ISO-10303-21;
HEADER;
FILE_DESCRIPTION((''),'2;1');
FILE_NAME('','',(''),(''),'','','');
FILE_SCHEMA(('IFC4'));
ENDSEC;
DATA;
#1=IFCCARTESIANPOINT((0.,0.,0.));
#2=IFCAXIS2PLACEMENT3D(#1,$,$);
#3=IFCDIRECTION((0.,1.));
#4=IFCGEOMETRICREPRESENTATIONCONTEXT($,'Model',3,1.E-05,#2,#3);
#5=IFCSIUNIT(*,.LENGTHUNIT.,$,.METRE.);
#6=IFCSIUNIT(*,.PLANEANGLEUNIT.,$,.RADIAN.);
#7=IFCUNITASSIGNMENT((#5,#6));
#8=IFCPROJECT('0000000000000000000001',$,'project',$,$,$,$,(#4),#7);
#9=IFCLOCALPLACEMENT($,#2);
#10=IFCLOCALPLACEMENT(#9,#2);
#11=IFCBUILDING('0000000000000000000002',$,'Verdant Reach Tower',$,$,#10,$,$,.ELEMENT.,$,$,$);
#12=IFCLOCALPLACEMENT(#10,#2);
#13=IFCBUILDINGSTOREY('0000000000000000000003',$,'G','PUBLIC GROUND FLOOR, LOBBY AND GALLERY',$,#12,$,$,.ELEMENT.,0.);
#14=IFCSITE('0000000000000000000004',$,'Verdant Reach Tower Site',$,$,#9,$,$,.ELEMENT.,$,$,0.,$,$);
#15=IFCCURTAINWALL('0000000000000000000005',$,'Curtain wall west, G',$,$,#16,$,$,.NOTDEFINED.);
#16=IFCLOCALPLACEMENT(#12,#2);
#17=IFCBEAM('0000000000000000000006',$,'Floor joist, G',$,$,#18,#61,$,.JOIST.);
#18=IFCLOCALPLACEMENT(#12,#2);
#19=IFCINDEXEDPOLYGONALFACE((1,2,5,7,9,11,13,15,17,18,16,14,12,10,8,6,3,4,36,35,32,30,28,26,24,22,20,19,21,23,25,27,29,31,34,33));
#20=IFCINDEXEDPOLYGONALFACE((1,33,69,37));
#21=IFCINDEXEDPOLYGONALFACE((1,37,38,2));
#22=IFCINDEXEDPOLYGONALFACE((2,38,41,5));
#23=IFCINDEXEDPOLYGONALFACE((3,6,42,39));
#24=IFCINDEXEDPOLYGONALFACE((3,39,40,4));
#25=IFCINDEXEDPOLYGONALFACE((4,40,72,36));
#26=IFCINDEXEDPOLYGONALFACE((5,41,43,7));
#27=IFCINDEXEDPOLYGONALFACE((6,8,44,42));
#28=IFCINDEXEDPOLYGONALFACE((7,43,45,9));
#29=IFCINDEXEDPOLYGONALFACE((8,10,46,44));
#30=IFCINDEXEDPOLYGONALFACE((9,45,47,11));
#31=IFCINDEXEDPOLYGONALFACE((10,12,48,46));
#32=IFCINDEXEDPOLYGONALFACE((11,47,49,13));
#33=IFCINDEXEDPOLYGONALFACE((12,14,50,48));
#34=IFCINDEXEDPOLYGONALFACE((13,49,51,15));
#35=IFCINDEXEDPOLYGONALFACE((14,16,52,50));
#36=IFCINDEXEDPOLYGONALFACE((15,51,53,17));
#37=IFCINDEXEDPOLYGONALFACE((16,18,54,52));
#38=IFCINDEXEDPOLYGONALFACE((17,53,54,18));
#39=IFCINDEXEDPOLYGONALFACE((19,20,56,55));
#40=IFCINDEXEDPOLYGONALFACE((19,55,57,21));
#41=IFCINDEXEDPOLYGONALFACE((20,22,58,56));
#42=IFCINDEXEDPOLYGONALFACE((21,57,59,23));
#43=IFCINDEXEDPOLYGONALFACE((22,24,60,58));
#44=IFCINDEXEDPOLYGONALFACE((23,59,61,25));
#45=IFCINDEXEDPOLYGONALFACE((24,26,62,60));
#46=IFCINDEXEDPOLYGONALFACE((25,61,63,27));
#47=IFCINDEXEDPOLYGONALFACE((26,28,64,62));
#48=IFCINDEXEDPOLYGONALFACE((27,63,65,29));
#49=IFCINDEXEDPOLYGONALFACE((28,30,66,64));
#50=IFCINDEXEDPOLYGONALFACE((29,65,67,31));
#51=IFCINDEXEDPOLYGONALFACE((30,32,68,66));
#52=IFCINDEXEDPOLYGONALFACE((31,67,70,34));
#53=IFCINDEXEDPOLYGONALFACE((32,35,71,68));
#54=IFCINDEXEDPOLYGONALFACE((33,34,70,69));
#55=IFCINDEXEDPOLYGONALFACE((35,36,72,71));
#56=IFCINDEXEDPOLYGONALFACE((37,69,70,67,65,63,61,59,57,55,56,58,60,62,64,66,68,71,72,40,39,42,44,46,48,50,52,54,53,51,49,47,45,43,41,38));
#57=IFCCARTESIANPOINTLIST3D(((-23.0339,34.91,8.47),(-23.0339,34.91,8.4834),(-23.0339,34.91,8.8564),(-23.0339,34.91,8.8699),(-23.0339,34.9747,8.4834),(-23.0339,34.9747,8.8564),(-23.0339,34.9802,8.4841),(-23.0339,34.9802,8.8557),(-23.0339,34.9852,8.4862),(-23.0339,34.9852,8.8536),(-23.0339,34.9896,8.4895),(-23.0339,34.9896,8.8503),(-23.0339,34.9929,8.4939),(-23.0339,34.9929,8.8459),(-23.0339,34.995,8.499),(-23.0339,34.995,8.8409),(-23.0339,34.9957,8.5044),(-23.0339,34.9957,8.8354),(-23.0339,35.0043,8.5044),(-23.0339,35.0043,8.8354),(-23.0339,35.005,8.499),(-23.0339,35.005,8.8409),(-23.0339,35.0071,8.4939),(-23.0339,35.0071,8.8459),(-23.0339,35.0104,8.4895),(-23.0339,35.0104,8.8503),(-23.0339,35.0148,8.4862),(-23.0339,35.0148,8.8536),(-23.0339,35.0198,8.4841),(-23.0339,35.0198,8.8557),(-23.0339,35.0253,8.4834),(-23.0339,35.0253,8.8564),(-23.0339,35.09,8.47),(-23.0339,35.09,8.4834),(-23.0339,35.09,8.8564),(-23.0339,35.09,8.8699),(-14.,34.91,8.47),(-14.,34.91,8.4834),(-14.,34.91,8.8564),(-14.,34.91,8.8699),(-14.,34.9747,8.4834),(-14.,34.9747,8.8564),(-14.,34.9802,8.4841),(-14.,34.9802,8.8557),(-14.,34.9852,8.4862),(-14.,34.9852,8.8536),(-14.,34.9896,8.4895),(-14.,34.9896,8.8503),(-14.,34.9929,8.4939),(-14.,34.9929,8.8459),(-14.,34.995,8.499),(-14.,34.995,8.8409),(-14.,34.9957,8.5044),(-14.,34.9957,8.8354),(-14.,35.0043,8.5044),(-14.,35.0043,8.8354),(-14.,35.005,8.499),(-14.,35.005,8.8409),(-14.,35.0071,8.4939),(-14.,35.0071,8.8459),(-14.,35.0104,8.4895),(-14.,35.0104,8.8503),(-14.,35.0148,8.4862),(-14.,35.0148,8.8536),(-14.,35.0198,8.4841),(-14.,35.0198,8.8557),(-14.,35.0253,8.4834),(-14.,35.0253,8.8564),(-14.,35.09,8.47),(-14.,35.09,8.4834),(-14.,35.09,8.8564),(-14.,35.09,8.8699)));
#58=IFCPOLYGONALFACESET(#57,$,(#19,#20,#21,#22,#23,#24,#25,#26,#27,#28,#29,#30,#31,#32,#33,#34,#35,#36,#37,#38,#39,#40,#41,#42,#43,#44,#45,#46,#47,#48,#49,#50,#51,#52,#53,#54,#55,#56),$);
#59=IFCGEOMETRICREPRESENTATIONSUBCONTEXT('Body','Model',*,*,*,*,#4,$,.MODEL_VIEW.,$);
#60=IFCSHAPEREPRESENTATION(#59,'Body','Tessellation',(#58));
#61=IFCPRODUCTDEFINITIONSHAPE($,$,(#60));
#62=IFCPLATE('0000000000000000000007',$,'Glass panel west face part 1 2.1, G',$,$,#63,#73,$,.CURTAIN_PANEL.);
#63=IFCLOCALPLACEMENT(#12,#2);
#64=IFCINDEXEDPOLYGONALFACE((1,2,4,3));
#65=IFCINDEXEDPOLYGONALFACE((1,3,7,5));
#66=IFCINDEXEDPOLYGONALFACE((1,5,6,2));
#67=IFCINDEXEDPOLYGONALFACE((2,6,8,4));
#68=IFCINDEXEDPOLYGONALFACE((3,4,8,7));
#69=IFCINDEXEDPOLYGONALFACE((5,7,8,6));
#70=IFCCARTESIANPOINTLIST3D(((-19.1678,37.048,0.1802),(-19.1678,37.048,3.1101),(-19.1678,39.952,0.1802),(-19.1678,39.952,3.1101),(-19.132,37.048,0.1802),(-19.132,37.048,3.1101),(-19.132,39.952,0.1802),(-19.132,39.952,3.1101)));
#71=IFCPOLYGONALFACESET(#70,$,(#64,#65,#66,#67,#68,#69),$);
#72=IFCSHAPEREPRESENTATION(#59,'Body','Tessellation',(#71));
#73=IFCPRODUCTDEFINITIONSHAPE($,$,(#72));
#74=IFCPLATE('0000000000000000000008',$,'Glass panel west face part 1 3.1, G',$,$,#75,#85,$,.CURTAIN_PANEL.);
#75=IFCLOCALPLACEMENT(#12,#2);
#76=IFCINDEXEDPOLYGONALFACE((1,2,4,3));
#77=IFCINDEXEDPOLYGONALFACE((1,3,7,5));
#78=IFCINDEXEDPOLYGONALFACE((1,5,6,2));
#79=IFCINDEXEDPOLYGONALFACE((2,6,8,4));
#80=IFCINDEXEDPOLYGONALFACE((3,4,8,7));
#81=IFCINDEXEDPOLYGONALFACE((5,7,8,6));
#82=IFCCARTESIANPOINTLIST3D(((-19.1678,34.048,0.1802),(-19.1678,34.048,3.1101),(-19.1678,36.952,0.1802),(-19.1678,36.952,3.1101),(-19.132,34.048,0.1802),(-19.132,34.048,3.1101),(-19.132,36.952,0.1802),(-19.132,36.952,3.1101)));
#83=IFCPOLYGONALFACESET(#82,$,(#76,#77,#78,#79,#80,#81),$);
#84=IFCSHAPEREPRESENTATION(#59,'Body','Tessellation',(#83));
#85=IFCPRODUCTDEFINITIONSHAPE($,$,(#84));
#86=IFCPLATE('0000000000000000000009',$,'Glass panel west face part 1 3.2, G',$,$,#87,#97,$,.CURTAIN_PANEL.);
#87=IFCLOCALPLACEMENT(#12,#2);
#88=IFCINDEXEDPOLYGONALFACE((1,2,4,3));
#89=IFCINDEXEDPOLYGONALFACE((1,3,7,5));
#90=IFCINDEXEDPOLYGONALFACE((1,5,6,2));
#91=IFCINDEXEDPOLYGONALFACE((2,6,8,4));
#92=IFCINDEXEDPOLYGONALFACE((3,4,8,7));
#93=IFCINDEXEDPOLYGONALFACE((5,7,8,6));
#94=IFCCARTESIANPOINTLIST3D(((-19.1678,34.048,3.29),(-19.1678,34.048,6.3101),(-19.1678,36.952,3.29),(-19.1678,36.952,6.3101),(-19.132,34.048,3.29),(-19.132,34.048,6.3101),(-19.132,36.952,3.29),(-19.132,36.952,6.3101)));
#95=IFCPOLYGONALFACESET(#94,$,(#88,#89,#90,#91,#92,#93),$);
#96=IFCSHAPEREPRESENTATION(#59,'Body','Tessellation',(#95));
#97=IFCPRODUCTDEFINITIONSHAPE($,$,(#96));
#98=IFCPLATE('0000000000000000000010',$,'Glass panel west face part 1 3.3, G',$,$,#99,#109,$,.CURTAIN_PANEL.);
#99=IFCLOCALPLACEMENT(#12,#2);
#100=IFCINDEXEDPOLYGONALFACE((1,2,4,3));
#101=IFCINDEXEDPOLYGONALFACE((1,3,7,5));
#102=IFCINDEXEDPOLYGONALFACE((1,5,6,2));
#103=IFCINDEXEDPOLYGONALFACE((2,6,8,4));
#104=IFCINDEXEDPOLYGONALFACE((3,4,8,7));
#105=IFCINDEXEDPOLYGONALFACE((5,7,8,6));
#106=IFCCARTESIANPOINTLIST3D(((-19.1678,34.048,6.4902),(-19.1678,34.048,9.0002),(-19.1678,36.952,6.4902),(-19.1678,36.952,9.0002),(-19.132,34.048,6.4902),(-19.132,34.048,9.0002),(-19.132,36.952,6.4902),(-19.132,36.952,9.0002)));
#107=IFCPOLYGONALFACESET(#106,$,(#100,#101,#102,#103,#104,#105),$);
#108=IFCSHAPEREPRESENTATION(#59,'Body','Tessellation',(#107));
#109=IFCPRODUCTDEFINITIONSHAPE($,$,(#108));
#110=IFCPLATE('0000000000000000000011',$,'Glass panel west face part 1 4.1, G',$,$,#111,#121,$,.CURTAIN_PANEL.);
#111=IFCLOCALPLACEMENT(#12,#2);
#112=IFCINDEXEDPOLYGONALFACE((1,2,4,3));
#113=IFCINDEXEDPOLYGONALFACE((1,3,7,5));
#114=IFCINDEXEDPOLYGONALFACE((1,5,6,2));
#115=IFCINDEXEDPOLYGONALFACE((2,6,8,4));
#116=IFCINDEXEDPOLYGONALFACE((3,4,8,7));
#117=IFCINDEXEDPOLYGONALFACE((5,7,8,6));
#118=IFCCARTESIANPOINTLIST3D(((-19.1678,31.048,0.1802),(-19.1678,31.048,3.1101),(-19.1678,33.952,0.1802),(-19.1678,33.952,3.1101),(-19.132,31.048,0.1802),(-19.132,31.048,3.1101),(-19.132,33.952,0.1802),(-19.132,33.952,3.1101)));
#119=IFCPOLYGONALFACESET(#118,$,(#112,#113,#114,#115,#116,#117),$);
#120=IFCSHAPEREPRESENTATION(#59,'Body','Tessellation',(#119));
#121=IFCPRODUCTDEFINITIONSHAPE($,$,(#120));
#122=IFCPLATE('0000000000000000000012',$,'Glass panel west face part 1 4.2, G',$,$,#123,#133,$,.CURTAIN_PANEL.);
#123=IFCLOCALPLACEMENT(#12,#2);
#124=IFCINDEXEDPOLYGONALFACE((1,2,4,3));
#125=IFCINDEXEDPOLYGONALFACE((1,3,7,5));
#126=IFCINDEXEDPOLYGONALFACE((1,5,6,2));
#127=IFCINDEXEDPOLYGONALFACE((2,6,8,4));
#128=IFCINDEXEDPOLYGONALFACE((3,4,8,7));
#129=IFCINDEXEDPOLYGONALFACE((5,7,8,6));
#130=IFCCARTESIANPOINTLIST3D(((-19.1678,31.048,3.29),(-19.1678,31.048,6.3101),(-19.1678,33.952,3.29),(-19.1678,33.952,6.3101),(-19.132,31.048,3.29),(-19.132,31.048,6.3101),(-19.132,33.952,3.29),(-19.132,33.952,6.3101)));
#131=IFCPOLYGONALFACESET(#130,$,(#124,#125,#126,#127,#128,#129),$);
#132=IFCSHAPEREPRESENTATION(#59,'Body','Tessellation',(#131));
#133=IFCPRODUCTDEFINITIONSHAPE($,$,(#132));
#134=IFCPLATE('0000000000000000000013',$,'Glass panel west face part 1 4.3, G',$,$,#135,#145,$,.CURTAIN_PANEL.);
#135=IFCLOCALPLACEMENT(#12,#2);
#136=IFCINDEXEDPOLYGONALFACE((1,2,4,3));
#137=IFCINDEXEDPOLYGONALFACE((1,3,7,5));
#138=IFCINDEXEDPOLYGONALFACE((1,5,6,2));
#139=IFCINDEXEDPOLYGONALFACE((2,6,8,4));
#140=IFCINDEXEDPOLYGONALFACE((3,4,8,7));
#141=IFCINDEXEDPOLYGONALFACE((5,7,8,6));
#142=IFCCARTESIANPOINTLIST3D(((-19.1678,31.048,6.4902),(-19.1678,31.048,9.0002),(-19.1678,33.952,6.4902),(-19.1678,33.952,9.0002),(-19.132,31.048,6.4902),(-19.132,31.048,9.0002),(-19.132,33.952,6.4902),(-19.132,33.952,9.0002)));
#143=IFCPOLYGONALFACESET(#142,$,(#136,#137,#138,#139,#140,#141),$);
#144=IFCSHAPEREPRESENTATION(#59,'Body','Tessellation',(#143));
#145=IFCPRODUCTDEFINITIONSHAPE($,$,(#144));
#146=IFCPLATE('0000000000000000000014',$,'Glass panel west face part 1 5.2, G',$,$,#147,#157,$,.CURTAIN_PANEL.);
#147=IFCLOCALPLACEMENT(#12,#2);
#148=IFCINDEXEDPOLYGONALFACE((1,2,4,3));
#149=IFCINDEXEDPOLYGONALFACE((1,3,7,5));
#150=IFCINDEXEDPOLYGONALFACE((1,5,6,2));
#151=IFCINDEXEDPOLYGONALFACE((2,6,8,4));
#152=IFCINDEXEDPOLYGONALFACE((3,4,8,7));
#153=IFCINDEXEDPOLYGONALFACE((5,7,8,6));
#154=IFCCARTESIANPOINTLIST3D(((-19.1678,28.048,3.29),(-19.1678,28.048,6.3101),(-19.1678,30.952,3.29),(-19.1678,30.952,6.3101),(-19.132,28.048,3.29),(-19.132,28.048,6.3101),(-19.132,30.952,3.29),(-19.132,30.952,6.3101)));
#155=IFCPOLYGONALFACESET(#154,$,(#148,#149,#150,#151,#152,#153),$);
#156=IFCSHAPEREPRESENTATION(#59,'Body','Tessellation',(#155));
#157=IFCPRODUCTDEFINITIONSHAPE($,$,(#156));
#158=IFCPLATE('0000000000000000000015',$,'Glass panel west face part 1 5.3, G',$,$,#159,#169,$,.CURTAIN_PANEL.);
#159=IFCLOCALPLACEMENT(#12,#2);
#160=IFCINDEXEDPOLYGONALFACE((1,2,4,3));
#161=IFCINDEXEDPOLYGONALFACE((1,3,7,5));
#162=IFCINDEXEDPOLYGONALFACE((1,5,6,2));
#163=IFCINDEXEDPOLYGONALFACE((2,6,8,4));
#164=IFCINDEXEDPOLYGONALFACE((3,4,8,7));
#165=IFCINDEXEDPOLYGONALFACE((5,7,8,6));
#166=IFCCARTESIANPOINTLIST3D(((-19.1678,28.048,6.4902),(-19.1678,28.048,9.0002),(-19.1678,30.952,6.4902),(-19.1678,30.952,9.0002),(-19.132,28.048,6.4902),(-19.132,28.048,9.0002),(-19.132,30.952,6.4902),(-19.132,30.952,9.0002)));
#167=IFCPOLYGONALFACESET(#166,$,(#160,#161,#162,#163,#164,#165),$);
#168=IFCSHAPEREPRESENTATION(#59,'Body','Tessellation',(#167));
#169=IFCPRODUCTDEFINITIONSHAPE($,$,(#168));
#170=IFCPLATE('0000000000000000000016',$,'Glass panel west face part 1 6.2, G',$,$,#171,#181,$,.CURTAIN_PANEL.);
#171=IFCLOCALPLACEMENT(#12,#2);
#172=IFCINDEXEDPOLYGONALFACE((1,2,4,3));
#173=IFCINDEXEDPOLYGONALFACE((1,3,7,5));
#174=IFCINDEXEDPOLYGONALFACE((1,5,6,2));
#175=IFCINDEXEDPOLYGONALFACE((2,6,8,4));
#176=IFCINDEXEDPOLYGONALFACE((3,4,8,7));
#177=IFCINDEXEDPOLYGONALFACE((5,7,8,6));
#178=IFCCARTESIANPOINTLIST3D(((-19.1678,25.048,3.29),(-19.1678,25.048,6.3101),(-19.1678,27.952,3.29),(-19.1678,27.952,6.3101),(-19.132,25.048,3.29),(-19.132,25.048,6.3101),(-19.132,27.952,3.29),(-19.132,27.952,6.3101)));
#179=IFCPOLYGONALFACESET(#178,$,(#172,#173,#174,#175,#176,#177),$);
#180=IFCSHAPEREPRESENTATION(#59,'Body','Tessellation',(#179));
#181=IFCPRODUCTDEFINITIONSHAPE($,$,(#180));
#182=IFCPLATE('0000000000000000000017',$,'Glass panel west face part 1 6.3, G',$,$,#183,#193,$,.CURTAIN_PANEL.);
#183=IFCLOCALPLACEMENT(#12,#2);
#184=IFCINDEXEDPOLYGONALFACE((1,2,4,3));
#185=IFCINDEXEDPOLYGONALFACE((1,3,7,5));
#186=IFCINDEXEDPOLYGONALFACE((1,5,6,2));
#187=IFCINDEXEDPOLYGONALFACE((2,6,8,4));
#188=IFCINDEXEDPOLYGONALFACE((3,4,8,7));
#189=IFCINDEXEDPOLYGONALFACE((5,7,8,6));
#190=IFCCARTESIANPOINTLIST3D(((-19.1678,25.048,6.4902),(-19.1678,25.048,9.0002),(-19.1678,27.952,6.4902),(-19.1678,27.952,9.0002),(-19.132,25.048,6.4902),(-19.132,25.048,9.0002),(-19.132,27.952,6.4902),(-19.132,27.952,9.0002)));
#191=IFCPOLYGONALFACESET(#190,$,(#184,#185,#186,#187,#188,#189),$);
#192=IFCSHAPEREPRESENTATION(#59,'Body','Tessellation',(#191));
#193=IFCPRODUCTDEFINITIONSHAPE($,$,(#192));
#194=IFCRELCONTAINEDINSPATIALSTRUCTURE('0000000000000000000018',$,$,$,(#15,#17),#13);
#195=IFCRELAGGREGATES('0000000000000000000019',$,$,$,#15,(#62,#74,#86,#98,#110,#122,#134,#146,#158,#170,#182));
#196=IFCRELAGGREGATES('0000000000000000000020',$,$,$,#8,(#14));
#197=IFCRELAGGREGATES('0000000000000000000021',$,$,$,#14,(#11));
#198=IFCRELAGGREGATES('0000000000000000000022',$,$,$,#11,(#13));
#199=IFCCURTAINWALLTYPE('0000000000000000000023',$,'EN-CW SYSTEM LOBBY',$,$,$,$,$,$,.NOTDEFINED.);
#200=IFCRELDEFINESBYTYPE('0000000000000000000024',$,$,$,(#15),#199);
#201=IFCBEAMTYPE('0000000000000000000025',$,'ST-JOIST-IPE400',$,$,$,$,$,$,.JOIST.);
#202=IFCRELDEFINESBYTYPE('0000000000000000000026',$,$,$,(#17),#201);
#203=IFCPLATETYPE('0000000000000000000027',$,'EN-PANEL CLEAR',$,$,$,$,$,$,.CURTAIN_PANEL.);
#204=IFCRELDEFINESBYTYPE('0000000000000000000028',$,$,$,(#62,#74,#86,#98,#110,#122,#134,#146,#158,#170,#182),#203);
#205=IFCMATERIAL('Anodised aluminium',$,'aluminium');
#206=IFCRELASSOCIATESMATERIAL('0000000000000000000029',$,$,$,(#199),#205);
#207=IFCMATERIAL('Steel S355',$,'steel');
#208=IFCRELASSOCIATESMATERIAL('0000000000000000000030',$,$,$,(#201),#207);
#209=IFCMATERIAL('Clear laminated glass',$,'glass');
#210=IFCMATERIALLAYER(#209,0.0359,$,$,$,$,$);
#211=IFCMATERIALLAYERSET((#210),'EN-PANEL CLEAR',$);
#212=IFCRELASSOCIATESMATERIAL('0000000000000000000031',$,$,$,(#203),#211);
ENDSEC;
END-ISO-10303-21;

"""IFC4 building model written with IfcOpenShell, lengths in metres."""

from ifc_helpers import new_model, si_unit, direction, frame, origin, origin_2d, place, context, subcontext, project, spatial, rectangle, i_section, extrude, material, layer, layer_set, material_profile, profile_set, type_object, element, aggregate, save


model = new_model("IFC4")

# Units and contexts
model_context = context("Model", 3, precision=1e-05, world=origin(), true_north=direction((0.0, 1.0)))
body_context = subcontext(model_context, "Body", "Model", "MODEL_VIEW")
ifc_project = project(units=[si_unit("LENGTHUNIT", "METRE"), si_unit("PLANEANGLEUNIT", "RADIAN")], contexts=[model_context])

# Site, building, storey
site_placement = place(None, origin())
site = spatial("IfcSite", under=ifc_project, at=site_placement, Name="Verdant Reach Tower Site", CompositionType="ELEMENT", RefElevation=0.0)
building_placement = place(site_placement, origin())
building = spatial("IfcBuilding", under=site, at=building_placement, Name="Verdant Reach Tower", CompositionType="ELEMENT")
storey_placement = place(building_placement, origin())
storey = spatial("IfcBuildingStorey", under=building, at=storey_placement, Name="G", Description="PUBLIC GROUND FLOOR, LOBBY AND GALLERY", CompositionType="ELEMENT", Elevation=0.0)

# Curtain wall
ifc_material_1 = material(Name="Anodised aluminium", Category="aluminium")
curtain_wall_type = type_object("IfcCurtainWallType", Name="EN-CW SYSTEM LOBBY", PredefinedType="NOTDEFINED", material=ifc_material_1)
curtain_wall_placement = place(storey_placement, origin())
curtain_wall = element("IfcCurtainWall", 1, at=curtain_wall_placement, inside=storey, type_object=curtain_wall_type, Name="Curtain wall west, G", PredefinedType="NOTDEFINED")

# Beam
ifc_material_2 = material(Name="Steel S355", Category="steel")
ifc_material_profile_1 = material_profile(ifc_material_2, i_section(OverallWidth=0.1799, OverallDepth=0.3999, WebThickness=0.0085, FlangeThickness=0.0134, FilletRadius=0.021, at=origin_2d()), Name="IPE 400")
ifc_profile_set_1 = profile_set([ifc_material_profile_1], Name="Steel S355")
beam_type_1 = type_object("IfcBeamType", Name="ST-JOIST-IPE400", PredefinedType="JOIST", material=ifc_profile_set_1)
beam_1_placement = place(storey_placement, frame((-14.0, 35.0, 8.6699), z_axis=(-1.0, 0.0, 0.0), x_axis=(0.0, -1.0, 0.0)))
element("IfcBeam", 2, at=beam_1_placement, inside=storey, type_object=beam_type_1, Name="Floor joist, G", PredefinedType="JOIST", context=body_context, shape_type="SweptSolid", body=[
    extrude(i_section(OverallWidth=0.1799, OverallDepth=0.3999, WebThickness=0.0085, FlangeThickness=0.0134, FilletRadius=0.021, at=origin_2d()), origin(), (0.0, 0.0, 1.0), 9.0339),
])

# Plates
ifc_material_3 = material(Name="Clear laminated glass", Category="glass")
ifc_layer_1 = layer(ifc_material_3, 0.0359)
ifc_layer_set_1 = layer_set([ifc_layer_1], Name="EN-PANEL CLEAR")
plate_type = type_object("IfcPlateType", Name="EN-PANEL CLEAR", PredefinedType="CURTAIN_PANEL", material=ifc_layer_set_1)
plate_1_placement = place(storey_placement, frame((-19.1499, 38.5, 0.1802), z_axis=(0.0, 0.0, 1.0), x_axis=(0.0, -1.0, 0.0)))
plate_1 = element("IfcPlate", 3, at=plate_1_placement, type_object=plate_type, Name="Glass panel west face part 1 2.1, G", PredefinedType="CURTAIN_PANEL", context=body_context, shape_type="SweptSolid", body=[
    extrude(rectangle(XDim=2.9041, YDim=0.0359, at=origin_2d()), origin(), (0.0, 0.0, 1.0), 2.9299),
])
plate_2_placement = place(storey_placement, frame((-19.1499, 35.5, 0.1802), z_axis=(0.0, 0.0, 1.0), x_axis=(0.0, -1.0, 0.0)))
plate_2 = element("IfcPlate", 4, at=plate_2_placement, type_object=plate_type, Name="Glass panel west face part 1 3.1, G", PredefinedType="CURTAIN_PANEL", context=body_context, shape_type="SweptSolid", body=[
    extrude(rectangle(XDim=2.9041, YDim=0.0359, at=origin_2d()), origin(), (0.0, 0.0, 1.0), 2.9299),
])
plate_3_placement = place(storey_placement, frame((-19.1499, 35.5, 3.29), z_axis=(0.0, 0.0, 1.0), x_axis=(0.0, -1.0, 0.0)))
plate_3 = element("IfcPlate", 5, at=plate_3_placement, type_object=plate_type, Name="Glass panel west face part 1 3.2, G", PredefinedType="CURTAIN_PANEL", context=body_context, shape_type="SweptSolid", body=[
    extrude(rectangle(XDim=2.9041, YDim=0.0359, at=origin_2d()), origin(), (0.0, 0.0, 1.0), 3.02),
])
plate_4_placement = place(storey_placement, frame((-19.1499, 35.5, 6.4902), z_axis=(0.0, 0.0, 1.0), x_axis=(0.0, -1.0, 0.0)))
plate_4 = element("IfcPlate", 6, at=plate_4_placement, type_object=plate_type, Name="Glass panel west face part 1 3.3, G", PredefinedType="CURTAIN_PANEL", context=body_context, shape_type="SweptSolid", body=[
    extrude(rectangle(XDim=2.9041, YDim=0.0359, at=origin_2d()), origin(), (0.0, 0.0, 1.0), 2.51),
])
plate_5_placement = place(storey_placement, frame((-19.1499, 32.5, 0.1802), z_axis=(0.0, 0.0, 1.0), x_axis=(0.0, -1.0, 0.0)))
plate_5 = element("IfcPlate", 7, at=plate_5_placement, type_object=plate_type, Name="Glass panel west face part 1 4.1, G", PredefinedType="CURTAIN_PANEL", context=body_context, shape_type="SweptSolid", body=[
    extrude(rectangle(XDim=2.9041, YDim=0.0359, at=origin_2d()), origin(), (0.0, 0.0, 1.0), 2.9299),
])
plate_6_placement = place(storey_placement, frame((-19.1499, 32.5, 3.29), z_axis=(0.0, 0.0, 1.0), x_axis=(0.0, -1.0, 0.0)))
plate_6 = element("IfcPlate", 8, at=plate_6_placement, type_object=plate_type, Name="Glass panel west face part 1 4.2, G", PredefinedType="CURTAIN_PANEL", context=body_context, shape_type="SweptSolid", body=[
    extrude(rectangle(XDim=2.9041, YDim=0.0359, at=origin_2d()), origin(), (0.0, 0.0, 1.0), 3.02),
])
plate_7_placement = place(storey_placement, frame((-19.1499, 32.5, 6.4902), z_axis=(0.0, 0.0, 1.0), x_axis=(0.0, -1.0, 0.0)))
plate_7 = element("IfcPlate", 9, at=plate_7_placement, type_object=plate_type, Name="Glass panel west face part 1 4.3, G", PredefinedType="CURTAIN_PANEL", context=body_context, shape_type="SweptSolid", body=[
    extrude(rectangle(XDim=2.9041, YDim=0.0359, at=origin_2d()), origin(), (0.0, 0.0, 1.0), 2.51),
])
plate_8_placement = place(storey_placement, frame((-19.1499, 29.5, 3.29), z_axis=(0.0, 0.0, 1.0), x_axis=(0.0, -1.0, 0.0)))
plate_8 = element("IfcPlate", 10, at=plate_8_placement, type_object=plate_type, Name="Glass panel west face part 1 5.2, G", PredefinedType="CURTAIN_PANEL", context=body_context, shape_type="SweptSolid", body=[
    extrude(rectangle(XDim=2.9041, YDim=0.0359, at=origin_2d()), origin(), (0.0, 0.0, 1.0), 3.02),
])
plate_9_placement = place(storey_placement, frame((-19.1499, 29.5, 6.4902), z_axis=(0.0, 0.0, 1.0), x_axis=(0.0, -1.0, 0.0)))
plate_9 = element("IfcPlate", 11, at=plate_9_placement, type_object=plate_type, Name="Glass panel west face part 1 5.3, G", PredefinedType="CURTAIN_PANEL", context=body_context, shape_type="SweptSolid", body=[
    extrude(rectangle(XDim=2.9041, YDim=0.0359, at=origin_2d()), origin(), (0.0, 0.0, 1.0), 2.51),
])
plate_10_placement = place(storey_placement, frame((-19.1499, 26.5, 3.29), z_axis=(0.0, 0.0, 1.0), x_axis=(0.0, -1.0, 0.0)))
plate_10 = element("IfcPlate", 12, at=plate_10_placement, type_object=plate_type, Name="Glass panel west face part 1 6.2, G", PredefinedType="CURTAIN_PANEL", context=body_context, shape_type="SweptSolid", body=[
    extrude(rectangle(XDim=2.9041, YDim=0.0359, at=origin_2d()), origin(), (0.0, 0.0, 1.0), 3.02),
])
plate_11_placement = place(storey_placement, frame((-19.1499, 26.5, 6.4902), z_axis=(0.0, 0.0, 1.0), x_axis=(0.0, -1.0, 0.0)))
plate_11 = element("IfcPlate", 13, at=plate_11_placement, type_object=plate_type, Name="Glass panel west face part 1 6.3, G", PredefinedType="CURTAIN_PANEL", context=body_context, shape_type="SweptSolid", body=[
    extrude(rectangle(XDim=2.9041, YDim=0.0359, at=origin_2d()), origin(), (0.0, 0.0, 1.0), 2.51),
])
aggregate(curtain_wall, [plate_1, plate_2, plate_3, plate_4, plate_5, plate_6, plate_7, plate_8, plate_9, plate_10, plate_11])

save(model, "model.ifc")
